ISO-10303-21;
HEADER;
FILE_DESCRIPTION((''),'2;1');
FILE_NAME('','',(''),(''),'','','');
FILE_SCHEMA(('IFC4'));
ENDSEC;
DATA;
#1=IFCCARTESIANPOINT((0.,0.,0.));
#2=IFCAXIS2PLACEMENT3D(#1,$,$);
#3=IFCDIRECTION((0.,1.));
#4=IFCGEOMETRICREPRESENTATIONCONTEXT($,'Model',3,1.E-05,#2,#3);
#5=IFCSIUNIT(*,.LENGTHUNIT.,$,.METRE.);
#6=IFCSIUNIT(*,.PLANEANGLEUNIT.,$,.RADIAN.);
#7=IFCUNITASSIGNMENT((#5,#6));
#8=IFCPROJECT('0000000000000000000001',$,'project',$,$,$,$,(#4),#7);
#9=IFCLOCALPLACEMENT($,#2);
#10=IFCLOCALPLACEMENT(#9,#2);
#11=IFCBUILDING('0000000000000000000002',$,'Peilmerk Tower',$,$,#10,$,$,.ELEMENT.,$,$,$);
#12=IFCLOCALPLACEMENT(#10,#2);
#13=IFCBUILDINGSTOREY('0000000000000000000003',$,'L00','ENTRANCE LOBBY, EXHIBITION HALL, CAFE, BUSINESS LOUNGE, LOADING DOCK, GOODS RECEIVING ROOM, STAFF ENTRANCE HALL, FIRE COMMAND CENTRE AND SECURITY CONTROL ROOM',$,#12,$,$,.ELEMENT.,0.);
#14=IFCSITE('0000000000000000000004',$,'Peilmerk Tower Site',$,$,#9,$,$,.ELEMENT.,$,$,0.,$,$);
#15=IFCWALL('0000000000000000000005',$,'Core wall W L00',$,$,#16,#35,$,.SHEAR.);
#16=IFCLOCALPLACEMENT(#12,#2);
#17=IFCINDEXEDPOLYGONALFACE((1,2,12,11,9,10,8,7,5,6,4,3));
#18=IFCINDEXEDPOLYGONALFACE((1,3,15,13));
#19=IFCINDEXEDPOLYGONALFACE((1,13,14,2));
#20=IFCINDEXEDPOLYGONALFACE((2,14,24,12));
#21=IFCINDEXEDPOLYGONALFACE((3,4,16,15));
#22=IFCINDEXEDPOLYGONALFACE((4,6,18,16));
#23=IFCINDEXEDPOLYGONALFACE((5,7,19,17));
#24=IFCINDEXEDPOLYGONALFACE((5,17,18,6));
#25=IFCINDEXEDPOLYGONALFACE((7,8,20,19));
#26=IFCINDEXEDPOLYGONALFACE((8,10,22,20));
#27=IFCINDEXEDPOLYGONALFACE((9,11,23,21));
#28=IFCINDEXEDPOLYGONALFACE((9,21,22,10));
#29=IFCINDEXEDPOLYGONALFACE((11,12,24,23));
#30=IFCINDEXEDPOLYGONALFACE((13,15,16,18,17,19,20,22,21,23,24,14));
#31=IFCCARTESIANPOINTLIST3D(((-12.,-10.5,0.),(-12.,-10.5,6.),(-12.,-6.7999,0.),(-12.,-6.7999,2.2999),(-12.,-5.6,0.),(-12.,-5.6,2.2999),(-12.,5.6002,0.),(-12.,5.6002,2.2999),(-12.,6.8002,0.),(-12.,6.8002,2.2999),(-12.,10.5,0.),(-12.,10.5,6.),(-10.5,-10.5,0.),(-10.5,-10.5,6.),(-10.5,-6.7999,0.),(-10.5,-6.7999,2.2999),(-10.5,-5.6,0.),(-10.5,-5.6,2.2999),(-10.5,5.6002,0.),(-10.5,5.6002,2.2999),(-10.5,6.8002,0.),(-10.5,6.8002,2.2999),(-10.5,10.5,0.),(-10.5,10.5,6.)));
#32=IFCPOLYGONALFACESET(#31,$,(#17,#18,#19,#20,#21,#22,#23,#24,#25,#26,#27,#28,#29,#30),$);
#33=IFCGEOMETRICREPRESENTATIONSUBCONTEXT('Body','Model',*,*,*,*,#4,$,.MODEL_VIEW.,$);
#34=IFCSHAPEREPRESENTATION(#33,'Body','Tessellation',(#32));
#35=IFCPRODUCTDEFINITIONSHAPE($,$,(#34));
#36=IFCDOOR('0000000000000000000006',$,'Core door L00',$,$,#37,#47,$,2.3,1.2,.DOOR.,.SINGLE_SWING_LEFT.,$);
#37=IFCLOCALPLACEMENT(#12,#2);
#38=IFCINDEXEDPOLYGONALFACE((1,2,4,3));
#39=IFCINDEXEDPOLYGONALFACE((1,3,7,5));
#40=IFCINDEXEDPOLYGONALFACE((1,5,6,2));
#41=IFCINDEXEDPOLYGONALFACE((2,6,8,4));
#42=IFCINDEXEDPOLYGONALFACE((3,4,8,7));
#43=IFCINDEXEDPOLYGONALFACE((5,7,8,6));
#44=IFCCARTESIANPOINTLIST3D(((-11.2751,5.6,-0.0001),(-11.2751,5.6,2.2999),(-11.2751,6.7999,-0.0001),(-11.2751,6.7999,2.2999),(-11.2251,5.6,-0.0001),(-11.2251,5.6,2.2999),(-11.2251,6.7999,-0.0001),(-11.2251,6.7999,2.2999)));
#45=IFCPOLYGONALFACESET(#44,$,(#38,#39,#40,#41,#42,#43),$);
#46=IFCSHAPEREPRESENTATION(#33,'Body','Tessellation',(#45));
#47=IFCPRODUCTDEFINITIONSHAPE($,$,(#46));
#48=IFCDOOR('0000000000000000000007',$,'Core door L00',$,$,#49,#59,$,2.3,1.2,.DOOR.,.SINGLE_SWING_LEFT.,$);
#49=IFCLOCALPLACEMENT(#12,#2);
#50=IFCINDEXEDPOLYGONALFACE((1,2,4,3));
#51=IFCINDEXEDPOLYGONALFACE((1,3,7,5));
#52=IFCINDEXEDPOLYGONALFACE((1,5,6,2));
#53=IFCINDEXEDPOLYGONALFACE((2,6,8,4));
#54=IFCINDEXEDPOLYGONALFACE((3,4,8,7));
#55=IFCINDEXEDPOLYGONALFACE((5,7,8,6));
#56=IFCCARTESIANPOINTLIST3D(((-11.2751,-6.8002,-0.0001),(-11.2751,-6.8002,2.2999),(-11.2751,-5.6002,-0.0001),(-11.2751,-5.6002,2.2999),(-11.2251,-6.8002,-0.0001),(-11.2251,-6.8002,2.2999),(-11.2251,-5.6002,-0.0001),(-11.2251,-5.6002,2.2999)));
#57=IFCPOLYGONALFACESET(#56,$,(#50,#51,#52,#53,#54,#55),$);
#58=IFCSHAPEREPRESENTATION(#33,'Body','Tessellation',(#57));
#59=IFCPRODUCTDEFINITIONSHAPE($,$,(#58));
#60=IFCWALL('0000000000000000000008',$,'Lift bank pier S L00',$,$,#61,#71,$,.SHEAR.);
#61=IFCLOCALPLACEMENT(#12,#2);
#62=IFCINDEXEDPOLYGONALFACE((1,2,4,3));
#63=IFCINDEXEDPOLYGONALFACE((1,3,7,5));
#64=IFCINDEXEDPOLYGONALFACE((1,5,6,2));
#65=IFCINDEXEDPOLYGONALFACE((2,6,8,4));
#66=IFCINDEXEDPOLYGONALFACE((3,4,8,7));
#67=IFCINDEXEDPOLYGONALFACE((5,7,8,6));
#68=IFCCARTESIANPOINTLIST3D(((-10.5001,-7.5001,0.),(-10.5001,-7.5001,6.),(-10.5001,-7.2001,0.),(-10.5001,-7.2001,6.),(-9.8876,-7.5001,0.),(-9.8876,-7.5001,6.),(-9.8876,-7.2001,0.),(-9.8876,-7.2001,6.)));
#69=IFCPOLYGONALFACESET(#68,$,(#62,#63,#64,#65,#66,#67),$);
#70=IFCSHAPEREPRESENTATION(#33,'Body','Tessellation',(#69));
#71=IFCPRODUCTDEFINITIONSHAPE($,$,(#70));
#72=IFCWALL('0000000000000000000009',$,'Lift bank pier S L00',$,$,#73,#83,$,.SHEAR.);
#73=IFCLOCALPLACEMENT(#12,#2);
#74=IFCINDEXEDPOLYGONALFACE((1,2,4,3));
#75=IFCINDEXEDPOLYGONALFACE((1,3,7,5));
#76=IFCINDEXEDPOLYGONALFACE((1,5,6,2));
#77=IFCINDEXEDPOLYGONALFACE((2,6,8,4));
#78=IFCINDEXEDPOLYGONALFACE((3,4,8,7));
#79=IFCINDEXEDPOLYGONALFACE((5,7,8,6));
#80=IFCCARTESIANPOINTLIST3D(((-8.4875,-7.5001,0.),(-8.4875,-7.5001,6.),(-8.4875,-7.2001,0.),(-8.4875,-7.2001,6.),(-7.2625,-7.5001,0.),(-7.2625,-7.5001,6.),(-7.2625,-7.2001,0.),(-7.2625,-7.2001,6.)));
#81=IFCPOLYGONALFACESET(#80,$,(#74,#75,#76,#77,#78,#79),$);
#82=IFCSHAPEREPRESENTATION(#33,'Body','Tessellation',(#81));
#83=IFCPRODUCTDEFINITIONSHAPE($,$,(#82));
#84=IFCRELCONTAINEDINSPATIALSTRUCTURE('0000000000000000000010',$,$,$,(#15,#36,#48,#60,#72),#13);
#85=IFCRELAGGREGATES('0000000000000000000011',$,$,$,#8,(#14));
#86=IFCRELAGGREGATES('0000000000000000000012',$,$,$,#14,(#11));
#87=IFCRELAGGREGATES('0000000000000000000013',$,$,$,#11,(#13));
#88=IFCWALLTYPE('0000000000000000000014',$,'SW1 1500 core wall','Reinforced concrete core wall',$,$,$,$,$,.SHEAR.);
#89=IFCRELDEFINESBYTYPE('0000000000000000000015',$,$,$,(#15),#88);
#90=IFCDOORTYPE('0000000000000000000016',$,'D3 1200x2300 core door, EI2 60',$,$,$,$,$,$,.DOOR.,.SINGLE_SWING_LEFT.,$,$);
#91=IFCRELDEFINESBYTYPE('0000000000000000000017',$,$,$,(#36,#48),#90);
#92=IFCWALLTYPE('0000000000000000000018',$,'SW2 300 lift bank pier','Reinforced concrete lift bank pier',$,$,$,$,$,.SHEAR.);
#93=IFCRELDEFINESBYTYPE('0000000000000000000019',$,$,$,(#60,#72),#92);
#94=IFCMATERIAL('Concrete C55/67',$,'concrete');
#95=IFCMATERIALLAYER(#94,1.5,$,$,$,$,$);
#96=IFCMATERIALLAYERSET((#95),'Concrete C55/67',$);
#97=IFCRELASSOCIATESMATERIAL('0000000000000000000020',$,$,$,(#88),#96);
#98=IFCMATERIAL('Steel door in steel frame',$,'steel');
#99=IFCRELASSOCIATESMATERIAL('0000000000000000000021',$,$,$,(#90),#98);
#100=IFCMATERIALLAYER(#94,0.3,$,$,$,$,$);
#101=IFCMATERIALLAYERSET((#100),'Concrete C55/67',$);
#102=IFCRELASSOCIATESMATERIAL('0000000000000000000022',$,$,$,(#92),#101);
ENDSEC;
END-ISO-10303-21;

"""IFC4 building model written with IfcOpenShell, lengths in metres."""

from ifc_helpers import new_model, si_unit, direction, frame, frame_2d, origin, place, context, subcontext, project, spatial, rectangle, extrude, material, layer, layer_set, type_object, element, fill, save


model = new_model("IFC4")

# Units and contexts
model_context = context("Model", 3, precision=1e-05, world=origin(), true_north=direction((0.0, 1.0)))
body_context = subcontext(model_context, "Body", "Model", "MODEL_VIEW")
ifc_project = project(units=[si_unit("LENGTHUNIT", "METRE"), si_unit("PLANEANGLEUNIT", "RADIAN")], contexts=[model_context])

# Site, building, storey
site_placement = place(None, origin())
site = spatial("IfcSite", under=ifc_project, at=site_placement, Name="Peilmerk Tower Site", CompositionType="ELEMENT", RefElevation=0.0)
building_placement = place(site_placement, origin())
building = spatial("IfcBuilding", under=site, at=building_placement, Name="Peilmerk Tower", CompositionType="ELEMENT")
storey_placement = place(building_placement, origin())
storey = spatial("IfcBuildingStorey", under=building, at=storey_placement, Name="L00", Description="ENTRANCE LOBBY, EXHIBITION HALL, CAFE, BUSINESS LOUNGE, LOADING DOCK, GOODS RECEIVING ROOM, STAFF ENTRANCE HALL, FIRE COMMAND CENTRE AND SECURITY CONTROL ROOM", CompositionType="ELEMENT", Elevation=0.0)

# Shared definitions
ifc_material_1 = material(Name="Steel door in steel frame", Category="steel")

# Wall, openings, doors
ifc_material_2 = material(Name="Concrete C55/67", Category="concrete")
ifc_layer_1 = layer(ifc_material_2, 1.5)
ifc_layer_set_1 = layer_set([ifc_layer_1], Name="Concrete C55/67")
wall_type_1 = type_object("IfcWallType", Name="SW1 1500 core wall", Description="Reinforced concrete core wall", PredefinedType="SHEAR", material=ifc_layer_set_1)
wall_1_placement = place(storey_placement, frame((-11.25, -10.5, 0.0), z_axis=(0.0, 0.0, 1.0), x_axis=(0.0, 1.0, 0.0)))
wall_1 = element("IfcWall", 1, at=wall_1_placement, inside=storey, type_object=wall_type_1, Name="Core wall W L00", PredefinedType="SHEAR", context=body_context, shape_type="SweptSolid", body=[
    extrude(rectangle(XDim=21.0, YDim=1.5, at=frame_2d((10.5, 0.0))), origin(), (0.0, 0.0, 1.0), 6.0),
])
opening_1_placement = place(wall_1_placement, frame((16.1001, 0.0, 0.0)))
opening_1 = element("IfcOpeningElement", 2, at=opening_1_placement, cuts=wall_1, PredefinedType="OPENING", context=body_context, shape_type="SweptSolid", body=[
    extrude(rectangle(XDim=1.2, YDim=2.3, at=frame_2d((0.6001, 1.1499))), frame((0.0, 0.76, 0.0), z_axis=(0.0, -1.0, 0.0), x_axis=(1.0, 0.0, 0.0)), (0.0, 0.0, 1.0), 1.52),
])
opening_2_placement = place(wall_1_placement, frame((3.7, 0.0, 0.0)))
opening_2 = element("IfcOpeningElement", 3, at=opening_2_placement, cuts=wall_1, PredefinedType="OPENING", context=body_context, shape_type="SweptSolid", body=[
    extrude(rectangle(XDim=1.2, YDim=2.3, at=frame_2d((0.6001, 1.1499))), frame((0.0, 0.76, 0.0), z_axis=(0.0, -1.0, 0.0), x_axis=(1.0, 0.0, 0.0)), (0.0, 0.0, 1.0), 1.52),
])
door_type_1 = type_object("IfcDoorType", Name="D3 1200x2300 core door, EI2 60", OperationType="SINGLE_SWING_LEFT", PredefinedType="DOOR", material=ifc_material_1)
door_1_placement = place(opening_1_placement, frame((1.2, 0.0, 0.0), z_axis=(0.0, 0.0, 1.0), x_axis=(-1.0, 0.0, 0.0)))
door_1 = element("IfcDoor", 4, at=door_1_placement, inside=storey, type_object=door_type_1, Name="Core door L00", OperationType="SINGLE_SWING_LEFT", OverallHeight=2.3, OverallWidth=1.2, PredefinedType="DOOR", context=body_context, shape_type="SweptSolid", body=[
    extrude(rectangle(XDim=1.2, YDim=2.3, at=frame_2d((0.6001, 1.1499))), frame((0.0, 0.0249, 0.0), z_axis=(0.0, -1.0, 0.0), x_axis=(1.0, 0.0, 0.0)), (0.0, 0.0, 1.0), 0.05),
])
fill(opening_1, door_1)
door_2_placement = place(opening_2_placement, frame((1.2, 0.0, 0.0), z_axis=(0.0, 0.0, 1.0), x_axis=(-1.0, 0.0, 0.0)))
door_2 = element("IfcDoor", 5, at=door_2_placement, inside=storey, type_object=door_type_1, Name="Core door L00", OperationType="SINGLE_SWING_LEFT", OverallHeight=2.3, OverallWidth=1.2, PredefinedType="DOOR", context=body_context, shape_type="SweptSolid", body=[
    extrude(rectangle(XDim=1.2, YDim=2.3, at=frame_2d((0.6001, 1.1499))), frame((0.0, 0.0249, 0.0), z_axis=(0.0, -1.0, 0.0), x_axis=(1.0, 0.0, 0.0)), (0.0, 0.0, 1.0), 0.05),
])
fill(opening_2, door_2)

# Walls
ifc_layer_2 = layer(ifc_material_2, 0.3)
ifc_layer_set_2 = layer_set([ifc_layer_2], Name="Concrete C55/67")
wall_type_2 = type_object("IfcWallType", Name="SW2 300 lift bank pier", Description="Reinforced concrete lift bank pier", PredefinedType="SHEAR", material=ifc_layer_set_2)
wall_2_placement = place(storey_placement, frame((-10.5, -7.3501, 0.0), z_axis=(0.0, 0.0, 1.0), x_axis=(1.0, 0.0, 0.0)))
element("IfcWall", 6, at=wall_2_placement, inside=storey, type_object=wall_type_2, Name="Lift bank pier S L00", PredefinedType="SHEAR", context=body_context, shape_type="SweptSolid", body=[
    extrude(rectangle(XDim=0.6125, YDim=0.3, at=frame_2d((0.3062, 0.0))), origin(), (0.0, 0.0, 1.0), 6.0),
])
wall_3_placement = place(storey_placement, frame((-8.4875, -7.3501, 0.0), z_axis=(0.0, 0.0, 1.0), x_axis=(1.0, 0.0, 0.0)))
element("IfcWall", 7, at=wall_3_placement, inside=storey, type_object=wall_type_2, Name="Lift bank pier S L00", PredefinedType="SHEAR", context=body_context, shape_type="SweptSolid", body=[
    extrude(rectangle(XDim=1.2251, YDim=0.3, at=frame_2d((0.6125, 0.0))), origin(), (0.0, 0.0, 1.0), 6.0),
])

save(model, "model.ifc")
